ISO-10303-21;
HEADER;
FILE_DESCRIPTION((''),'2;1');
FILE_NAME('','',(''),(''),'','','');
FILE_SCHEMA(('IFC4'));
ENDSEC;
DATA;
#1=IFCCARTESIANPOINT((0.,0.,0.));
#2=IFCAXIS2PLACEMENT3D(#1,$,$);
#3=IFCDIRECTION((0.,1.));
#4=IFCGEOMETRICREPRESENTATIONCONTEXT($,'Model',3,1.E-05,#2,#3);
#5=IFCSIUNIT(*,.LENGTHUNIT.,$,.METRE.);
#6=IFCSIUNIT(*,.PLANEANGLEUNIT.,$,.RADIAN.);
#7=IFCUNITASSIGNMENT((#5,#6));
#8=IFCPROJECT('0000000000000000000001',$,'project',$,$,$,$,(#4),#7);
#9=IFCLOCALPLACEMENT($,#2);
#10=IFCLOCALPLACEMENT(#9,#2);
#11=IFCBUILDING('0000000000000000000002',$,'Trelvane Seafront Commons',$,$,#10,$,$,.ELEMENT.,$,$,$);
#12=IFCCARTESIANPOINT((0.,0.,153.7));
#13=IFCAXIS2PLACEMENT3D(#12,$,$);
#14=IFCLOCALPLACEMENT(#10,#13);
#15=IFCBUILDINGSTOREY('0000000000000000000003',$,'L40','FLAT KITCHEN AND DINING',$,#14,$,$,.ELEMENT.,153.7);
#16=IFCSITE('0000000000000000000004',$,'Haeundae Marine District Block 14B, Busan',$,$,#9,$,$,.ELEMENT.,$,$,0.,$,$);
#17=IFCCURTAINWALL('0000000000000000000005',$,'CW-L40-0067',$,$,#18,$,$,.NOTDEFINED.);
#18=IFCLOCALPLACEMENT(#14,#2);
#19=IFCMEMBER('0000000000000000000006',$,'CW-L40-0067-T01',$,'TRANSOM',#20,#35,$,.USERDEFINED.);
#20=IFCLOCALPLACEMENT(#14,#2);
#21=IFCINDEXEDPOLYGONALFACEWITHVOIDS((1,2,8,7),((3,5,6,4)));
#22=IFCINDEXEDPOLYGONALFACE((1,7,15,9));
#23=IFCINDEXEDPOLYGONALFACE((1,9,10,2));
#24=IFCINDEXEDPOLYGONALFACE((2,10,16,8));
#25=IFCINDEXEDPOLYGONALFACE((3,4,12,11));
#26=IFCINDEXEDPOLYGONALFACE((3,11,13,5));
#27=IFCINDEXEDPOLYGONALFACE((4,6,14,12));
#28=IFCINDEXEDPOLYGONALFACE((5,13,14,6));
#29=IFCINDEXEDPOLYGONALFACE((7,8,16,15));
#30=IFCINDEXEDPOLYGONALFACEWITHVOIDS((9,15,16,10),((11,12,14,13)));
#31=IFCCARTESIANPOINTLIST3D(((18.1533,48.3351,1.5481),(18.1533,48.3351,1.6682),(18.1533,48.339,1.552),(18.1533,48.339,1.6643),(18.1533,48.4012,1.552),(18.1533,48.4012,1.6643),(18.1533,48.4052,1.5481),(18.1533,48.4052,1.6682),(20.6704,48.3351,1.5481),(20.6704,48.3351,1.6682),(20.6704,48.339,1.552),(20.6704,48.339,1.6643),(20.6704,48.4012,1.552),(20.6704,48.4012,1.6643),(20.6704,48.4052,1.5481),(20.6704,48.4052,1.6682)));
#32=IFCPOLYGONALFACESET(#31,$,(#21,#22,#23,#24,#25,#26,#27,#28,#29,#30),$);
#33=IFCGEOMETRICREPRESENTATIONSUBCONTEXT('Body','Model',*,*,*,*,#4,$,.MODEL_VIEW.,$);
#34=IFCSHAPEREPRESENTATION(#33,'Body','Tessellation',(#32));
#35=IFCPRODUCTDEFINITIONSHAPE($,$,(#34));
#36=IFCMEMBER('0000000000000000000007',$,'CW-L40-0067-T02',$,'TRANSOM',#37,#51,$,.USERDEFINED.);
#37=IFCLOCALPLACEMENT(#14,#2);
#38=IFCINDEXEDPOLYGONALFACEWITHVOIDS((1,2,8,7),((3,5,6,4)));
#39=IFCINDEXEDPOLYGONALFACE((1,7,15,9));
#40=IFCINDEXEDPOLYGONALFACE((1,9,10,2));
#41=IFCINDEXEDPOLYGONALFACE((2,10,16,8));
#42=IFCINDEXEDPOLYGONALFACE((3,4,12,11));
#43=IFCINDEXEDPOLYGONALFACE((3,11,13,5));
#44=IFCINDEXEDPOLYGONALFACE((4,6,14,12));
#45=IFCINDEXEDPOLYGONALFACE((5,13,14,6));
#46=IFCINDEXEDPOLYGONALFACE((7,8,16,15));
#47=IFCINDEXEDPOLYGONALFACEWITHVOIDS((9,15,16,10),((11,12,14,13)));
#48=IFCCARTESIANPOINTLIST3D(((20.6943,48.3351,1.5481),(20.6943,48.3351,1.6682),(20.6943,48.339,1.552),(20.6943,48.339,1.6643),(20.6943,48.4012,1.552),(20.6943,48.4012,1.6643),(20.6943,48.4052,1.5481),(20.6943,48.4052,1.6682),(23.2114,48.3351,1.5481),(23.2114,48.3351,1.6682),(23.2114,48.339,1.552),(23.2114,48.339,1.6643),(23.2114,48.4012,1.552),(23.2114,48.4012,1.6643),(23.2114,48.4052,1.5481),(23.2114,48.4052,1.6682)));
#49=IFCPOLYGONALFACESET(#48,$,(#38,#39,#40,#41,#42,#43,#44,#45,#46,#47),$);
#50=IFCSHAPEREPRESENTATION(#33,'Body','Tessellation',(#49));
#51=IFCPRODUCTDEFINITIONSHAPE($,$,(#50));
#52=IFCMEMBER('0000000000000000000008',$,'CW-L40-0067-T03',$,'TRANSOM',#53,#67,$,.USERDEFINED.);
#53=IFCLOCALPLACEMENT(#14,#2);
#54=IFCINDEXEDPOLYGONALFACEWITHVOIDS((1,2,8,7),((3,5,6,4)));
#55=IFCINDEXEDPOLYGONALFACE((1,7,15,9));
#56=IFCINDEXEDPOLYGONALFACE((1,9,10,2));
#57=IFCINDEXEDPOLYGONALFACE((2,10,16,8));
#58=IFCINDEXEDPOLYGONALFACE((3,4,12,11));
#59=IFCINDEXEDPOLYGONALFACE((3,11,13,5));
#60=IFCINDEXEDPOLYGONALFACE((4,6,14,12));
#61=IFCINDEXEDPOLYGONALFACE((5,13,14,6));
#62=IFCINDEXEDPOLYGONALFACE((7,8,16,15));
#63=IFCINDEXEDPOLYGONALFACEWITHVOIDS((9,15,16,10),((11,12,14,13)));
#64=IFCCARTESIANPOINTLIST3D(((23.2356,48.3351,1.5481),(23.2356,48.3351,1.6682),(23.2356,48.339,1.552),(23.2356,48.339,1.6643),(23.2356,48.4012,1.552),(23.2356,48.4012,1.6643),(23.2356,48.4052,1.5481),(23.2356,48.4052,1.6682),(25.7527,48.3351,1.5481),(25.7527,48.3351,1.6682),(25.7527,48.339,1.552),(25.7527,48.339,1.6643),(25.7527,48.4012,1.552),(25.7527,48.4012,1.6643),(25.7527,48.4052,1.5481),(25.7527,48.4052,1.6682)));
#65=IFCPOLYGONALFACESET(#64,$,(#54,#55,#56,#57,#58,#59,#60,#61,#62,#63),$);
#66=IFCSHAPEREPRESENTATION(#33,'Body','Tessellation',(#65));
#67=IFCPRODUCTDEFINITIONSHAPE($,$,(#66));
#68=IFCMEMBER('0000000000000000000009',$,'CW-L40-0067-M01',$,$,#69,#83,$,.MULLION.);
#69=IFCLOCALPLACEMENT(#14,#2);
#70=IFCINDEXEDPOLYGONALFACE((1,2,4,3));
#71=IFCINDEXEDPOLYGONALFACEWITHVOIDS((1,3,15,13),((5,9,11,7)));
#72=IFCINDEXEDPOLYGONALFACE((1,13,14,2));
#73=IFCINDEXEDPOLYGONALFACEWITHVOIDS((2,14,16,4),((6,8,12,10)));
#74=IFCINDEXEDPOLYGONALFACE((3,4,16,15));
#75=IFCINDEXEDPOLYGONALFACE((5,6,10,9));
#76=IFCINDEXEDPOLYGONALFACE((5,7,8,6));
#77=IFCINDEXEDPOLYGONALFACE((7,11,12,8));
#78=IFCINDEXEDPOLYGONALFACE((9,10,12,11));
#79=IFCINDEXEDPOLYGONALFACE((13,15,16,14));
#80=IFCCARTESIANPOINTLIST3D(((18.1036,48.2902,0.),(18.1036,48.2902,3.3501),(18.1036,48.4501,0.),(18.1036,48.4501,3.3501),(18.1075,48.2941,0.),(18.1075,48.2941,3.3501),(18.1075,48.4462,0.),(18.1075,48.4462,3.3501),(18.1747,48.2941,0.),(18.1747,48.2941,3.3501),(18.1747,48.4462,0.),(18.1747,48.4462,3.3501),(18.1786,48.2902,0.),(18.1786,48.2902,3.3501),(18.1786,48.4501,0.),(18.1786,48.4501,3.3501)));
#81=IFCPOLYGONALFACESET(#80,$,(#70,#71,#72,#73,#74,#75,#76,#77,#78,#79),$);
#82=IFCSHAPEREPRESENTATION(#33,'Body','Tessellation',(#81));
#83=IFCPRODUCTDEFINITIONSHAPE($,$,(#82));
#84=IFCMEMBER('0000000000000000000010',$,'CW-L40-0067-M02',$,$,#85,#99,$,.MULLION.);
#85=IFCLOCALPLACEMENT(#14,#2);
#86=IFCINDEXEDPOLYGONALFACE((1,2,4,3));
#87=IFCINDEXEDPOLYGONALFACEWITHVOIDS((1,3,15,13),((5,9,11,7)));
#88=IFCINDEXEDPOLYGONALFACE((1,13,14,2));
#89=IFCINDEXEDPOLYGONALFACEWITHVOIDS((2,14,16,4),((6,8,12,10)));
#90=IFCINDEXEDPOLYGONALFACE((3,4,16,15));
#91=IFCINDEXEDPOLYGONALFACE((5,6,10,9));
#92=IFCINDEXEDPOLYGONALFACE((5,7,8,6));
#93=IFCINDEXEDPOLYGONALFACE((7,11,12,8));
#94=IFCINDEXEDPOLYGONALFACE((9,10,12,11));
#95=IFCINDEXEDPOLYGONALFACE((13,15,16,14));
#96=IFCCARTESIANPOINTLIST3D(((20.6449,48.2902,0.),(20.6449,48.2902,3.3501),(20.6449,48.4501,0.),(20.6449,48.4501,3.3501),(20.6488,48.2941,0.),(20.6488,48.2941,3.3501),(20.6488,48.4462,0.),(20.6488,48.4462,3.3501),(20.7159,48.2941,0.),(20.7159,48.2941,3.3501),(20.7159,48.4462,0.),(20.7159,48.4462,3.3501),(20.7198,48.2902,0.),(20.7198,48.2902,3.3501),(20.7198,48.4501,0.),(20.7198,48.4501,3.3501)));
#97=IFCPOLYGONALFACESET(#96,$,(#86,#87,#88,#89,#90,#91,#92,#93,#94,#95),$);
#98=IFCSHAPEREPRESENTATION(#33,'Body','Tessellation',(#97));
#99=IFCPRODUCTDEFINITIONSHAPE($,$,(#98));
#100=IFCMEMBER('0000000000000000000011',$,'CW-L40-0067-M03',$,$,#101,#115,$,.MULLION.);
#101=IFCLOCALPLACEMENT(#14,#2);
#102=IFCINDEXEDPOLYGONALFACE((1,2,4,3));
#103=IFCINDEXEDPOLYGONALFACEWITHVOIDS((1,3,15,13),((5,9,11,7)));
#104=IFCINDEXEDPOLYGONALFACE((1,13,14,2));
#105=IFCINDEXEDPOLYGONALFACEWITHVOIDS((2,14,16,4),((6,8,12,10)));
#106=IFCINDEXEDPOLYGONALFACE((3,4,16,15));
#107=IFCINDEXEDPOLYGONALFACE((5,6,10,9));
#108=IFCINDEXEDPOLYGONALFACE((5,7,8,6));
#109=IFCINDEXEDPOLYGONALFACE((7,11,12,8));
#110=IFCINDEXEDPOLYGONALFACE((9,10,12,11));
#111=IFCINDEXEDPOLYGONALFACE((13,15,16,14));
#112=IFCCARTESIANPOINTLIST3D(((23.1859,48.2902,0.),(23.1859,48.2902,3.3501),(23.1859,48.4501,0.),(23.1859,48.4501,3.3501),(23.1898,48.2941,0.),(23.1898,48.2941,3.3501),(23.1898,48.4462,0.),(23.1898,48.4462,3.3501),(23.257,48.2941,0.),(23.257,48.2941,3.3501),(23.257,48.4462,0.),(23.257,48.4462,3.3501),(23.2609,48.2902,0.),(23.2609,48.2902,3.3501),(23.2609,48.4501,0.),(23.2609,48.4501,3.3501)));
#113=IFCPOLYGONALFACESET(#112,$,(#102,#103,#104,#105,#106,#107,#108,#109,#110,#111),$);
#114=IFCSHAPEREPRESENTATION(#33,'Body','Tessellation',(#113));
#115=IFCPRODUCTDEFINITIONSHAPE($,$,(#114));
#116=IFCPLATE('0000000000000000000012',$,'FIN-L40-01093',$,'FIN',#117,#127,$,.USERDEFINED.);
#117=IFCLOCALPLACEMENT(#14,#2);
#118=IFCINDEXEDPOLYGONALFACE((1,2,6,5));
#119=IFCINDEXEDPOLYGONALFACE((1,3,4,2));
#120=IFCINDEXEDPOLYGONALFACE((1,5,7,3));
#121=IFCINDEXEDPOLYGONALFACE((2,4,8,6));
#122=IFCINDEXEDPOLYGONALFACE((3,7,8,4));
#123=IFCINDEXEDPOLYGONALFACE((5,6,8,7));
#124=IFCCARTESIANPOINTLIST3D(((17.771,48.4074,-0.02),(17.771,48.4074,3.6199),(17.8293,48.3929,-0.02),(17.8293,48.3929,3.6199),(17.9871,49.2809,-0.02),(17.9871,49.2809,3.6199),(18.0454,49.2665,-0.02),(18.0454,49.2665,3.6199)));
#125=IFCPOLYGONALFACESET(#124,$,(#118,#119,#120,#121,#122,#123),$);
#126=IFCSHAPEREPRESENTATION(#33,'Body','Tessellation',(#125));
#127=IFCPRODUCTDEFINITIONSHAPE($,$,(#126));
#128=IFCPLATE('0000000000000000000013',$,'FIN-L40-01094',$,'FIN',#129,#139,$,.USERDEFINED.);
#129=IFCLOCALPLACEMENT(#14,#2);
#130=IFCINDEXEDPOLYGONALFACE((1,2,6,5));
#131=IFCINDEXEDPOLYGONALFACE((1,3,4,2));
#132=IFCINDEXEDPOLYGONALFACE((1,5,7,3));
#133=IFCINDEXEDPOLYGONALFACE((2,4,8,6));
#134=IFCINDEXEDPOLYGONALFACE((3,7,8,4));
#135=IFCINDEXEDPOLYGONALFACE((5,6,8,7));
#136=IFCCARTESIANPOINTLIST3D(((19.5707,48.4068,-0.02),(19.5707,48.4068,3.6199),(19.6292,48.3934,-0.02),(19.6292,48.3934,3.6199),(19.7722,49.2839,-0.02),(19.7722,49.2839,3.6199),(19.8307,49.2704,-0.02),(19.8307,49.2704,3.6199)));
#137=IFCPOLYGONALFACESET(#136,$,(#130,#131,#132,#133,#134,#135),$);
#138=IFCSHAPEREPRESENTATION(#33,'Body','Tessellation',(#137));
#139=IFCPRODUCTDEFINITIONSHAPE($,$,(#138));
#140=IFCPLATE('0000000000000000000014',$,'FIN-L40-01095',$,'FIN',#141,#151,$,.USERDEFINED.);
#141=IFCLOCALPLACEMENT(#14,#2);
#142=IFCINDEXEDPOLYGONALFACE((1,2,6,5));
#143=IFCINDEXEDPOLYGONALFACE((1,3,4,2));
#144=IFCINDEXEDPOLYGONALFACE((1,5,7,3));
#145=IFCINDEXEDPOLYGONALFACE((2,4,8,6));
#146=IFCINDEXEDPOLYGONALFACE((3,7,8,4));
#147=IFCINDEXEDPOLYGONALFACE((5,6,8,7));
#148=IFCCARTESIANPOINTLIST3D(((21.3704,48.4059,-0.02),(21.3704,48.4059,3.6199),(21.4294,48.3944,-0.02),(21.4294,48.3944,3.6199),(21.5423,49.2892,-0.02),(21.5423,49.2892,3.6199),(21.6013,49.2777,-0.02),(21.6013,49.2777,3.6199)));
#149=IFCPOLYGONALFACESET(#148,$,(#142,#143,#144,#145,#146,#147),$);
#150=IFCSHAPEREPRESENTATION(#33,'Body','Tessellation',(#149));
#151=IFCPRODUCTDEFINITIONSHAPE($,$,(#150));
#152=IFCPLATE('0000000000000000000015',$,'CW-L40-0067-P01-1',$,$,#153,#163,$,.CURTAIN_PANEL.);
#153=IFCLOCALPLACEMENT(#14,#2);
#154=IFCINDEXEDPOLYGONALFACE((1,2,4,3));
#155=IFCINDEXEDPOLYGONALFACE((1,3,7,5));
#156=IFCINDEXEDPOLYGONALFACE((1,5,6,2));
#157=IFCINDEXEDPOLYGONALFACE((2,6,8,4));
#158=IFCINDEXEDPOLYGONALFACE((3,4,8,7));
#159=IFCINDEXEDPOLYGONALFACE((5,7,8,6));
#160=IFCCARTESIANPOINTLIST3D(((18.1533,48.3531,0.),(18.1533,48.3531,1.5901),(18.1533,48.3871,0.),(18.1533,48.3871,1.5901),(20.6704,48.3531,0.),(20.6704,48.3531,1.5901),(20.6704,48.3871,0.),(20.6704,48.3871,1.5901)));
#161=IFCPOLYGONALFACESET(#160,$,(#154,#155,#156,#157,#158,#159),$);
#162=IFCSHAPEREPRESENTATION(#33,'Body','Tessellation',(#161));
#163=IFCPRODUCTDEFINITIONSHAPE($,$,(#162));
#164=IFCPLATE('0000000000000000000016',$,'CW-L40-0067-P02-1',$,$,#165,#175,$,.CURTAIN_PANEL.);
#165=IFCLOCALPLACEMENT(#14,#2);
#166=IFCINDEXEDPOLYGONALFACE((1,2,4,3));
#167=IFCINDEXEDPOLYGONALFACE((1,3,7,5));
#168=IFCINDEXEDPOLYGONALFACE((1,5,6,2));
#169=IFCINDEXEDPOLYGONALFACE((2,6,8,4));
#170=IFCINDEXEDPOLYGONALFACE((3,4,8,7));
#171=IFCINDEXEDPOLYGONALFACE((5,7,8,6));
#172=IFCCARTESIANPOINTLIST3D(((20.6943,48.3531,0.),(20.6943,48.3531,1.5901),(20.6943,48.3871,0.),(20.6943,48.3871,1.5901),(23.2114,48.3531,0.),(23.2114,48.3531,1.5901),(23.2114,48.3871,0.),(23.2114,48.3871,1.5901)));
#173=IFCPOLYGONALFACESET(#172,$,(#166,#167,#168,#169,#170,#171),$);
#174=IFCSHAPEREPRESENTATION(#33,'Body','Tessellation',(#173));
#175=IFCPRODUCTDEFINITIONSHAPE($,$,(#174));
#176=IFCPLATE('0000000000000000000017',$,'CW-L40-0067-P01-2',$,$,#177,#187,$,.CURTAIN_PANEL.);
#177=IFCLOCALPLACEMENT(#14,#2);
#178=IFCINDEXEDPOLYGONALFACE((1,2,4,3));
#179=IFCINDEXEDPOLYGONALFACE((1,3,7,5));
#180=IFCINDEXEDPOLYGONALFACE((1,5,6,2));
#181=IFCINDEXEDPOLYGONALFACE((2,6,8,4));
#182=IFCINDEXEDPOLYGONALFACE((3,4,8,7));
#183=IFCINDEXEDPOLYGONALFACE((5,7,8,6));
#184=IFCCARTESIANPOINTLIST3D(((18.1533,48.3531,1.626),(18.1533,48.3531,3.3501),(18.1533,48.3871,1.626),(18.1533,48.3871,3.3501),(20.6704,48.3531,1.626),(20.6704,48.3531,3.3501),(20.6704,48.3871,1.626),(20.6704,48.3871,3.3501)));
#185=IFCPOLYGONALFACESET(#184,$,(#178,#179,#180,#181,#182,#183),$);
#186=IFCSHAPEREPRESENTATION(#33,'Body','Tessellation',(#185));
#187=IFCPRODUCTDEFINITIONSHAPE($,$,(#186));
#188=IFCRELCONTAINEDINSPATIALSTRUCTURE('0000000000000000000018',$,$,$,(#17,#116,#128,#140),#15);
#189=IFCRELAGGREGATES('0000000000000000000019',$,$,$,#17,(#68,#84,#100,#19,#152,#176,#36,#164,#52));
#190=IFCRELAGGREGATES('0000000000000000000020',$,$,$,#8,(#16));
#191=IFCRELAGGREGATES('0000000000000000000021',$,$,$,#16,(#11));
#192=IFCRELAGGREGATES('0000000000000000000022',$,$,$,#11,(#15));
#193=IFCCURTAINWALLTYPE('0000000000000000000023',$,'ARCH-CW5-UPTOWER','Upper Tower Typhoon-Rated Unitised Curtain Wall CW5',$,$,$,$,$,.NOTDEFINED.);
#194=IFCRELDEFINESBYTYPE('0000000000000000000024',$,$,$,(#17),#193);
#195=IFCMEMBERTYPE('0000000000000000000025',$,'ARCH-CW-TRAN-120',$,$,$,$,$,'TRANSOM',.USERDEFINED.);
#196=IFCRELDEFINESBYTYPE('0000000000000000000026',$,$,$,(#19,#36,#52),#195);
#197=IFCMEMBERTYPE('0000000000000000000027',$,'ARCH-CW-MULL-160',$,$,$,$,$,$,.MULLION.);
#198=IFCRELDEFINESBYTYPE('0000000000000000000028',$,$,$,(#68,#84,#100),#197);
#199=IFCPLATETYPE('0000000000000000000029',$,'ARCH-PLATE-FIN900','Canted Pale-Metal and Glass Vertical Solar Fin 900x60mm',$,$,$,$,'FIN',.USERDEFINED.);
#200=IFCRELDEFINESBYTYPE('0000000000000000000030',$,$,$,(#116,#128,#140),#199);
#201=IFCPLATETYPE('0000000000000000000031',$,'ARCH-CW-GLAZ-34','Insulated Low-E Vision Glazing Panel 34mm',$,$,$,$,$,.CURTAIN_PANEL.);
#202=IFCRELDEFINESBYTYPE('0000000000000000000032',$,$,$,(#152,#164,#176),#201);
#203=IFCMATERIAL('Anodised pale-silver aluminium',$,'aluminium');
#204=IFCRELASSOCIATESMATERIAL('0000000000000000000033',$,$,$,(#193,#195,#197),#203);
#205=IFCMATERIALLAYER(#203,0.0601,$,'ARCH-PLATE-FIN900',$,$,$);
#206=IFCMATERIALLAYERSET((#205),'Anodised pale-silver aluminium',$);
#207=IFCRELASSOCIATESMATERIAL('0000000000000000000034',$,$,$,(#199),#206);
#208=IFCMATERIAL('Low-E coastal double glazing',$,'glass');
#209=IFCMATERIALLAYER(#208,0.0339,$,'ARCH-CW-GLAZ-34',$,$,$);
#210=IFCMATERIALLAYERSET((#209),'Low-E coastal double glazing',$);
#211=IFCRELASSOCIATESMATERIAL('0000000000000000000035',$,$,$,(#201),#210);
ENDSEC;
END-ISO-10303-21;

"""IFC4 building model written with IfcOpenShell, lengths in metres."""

from ifc_helpers import new_model, si_unit, direction, frame, origin, origin_2d, place, context, subcontext, project, spatial, rectangle, hollow_rectangle, extrude, source, transform, mapped, material, layer, layer_set, material_profile, profile_set, type_object, element, aggregate, save


model = new_model("IFC4")

# Units and contexts
model_context = context("Model", 3, precision=1e-05, world=origin(), true_north=direction((0.0, 1.0)))
body_context = subcontext(model_context, "Body", "Model", "MODEL_VIEW")
ifc_project = project(units=[si_unit("LENGTHUNIT", "METRE"), si_unit("PLANEANGLEUNIT", "RADIAN")], contexts=[model_context])

# Site, building, storey
site_placement = place(None, origin())
site = spatial("IfcSite", under=ifc_project, at=site_placement, Name="Haeundae Marine District Block 14B, Busan", CompositionType="ELEMENT", RefElevation=0.0)
building_placement = place(site_placement, origin())
building = spatial("IfcBuilding", under=site, at=building_placement, Name="Trelvane Seafront Commons", CompositionType="ELEMENT")
storey_placement = place(building_placement, frame((0.0, 0.0, 153.7)))
storey = spatial("IfcBuildingStorey", under=building, at=storey_placement, Name="L40", Description="FLAT KITCHEN AND DINING", CompositionType="ELEMENT", Elevation=153.7)

# Curtain wall, members
ifc_material_1 = material(Name="Anodised pale-silver aluminium", Category="aluminium")
curtain_wall_type = type_object("IfcCurtainWallType", Name="ARCH-CW5-UPTOWER", Description="Upper Tower Typhoon-Rated Unitised Curtain Wall CW5", PredefinedType="NOTDEFINED", material=ifc_material_1)
curtain_wall_placement = place(storey_placement, origin())
curtain_wall = element("IfcCurtainWall", 1, at=curtain_wall_placement, inside=storey, type_object=curtain_wall_type, Name="CW-L40-0067", PredefinedType="NOTDEFINED")
ifc_material_profile_1 = material_profile(ifc_material_1, hollow_rectangle(XDim=0.0701, YDim=0.1201, WallThickness=0.0039, at=origin_2d()), Name="TRAN-70x120x4")
ifc_profile_set_1 = profile_set([ifc_material_profile_1], Name="Anodised pale-silver aluminium")
member_type_1 = type_object("IfcMemberType", Name="ARCH-CW-TRAN-120", ElementType="TRANSOM", PredefinedType="USERDEFINED", material=ifc_profile_set_1)
shared_shape_1 = source(origin(), body_context, "Body", "SweptSolid", [
    extrude(hollow_rectangle(XDim=0.0701, YDim=0.1201, WallThickness=0.0039, at=origin_2d()), origin(), (0.0, 0.0, 1.0), 2.5171),
])
member_1_placement = place(storey_placement, frame((18.1533, 48.3701, 1.6082), z_axis=(1.0, 0.0, 0.0), x_axis=(0.0, 1.0, 0.0)))
member_1 = element("IfcMember", 2, at=member_1_placement, type_object=member_type_1, Name="CW-L40-0067-T01", ObjectType="TRANSOM", PredefinedType="USERDEFINED", context=body_context, shape_type="MappedRepresentation", body=[
    mapped(shared_shape_1, transform((0.0, 0.0, 0.0), x_axis=(1.0, 0.0, 0.0), y_axis=(0.0, 1.0, 0.0), z_axis=(0.0, 0.0, 1.0), scale=1.0)),
])
member_2_placement = place(storey_placement, frame((20.6943, 48.3701, 1.6082), z_axis=(1.0, 0.0, 0.0), x_axis=(0.0, 1.0, 0.0)))
member_2 = element("IfcMember", 3, at=member_2_placement, type_object=member_type_1, Name="CW-L40-0067-T02", ObjectType="TRANSOM", PredefinedType="USERDEFINED", context=body_context, shape_type="MappedRepresentation", body=[
    mapped(shared_shape_1, transform((0.0, 0.0, 0.0), x_axis=(1.0, 0.0, 0.0), y_axis=(0.0, 1.0, 0.0), z_axis=(0.0, 0.0, 1.0), scale=1.0)),
])
member_3_placement = place(storey_placement, frame((23.2356, 48.3701, 1.6082), z_axis=(1.0, 0.0, 0.0), x_axis=(0.0, 1.0, 0.0)))
member_3 = element("IfcMember", 4, at=member_3_placement, type_object=member_type_1, Name="CW-L40-0067-T03", ObjectType="TRANSOM", PredefinedType="USERDEFINED", context=body_context, shape_type="MappedRepresentation", body=[
    mapped(shared_shape_1, transform((0.0, 0.0, 0.0), x_axis=(1.0, 0.0, 0.0), y_axis=(0.0, 1.0, 0.0), z_axis=(0.0, 0.0, 1.0), scale=1.0)),
])
ifc_material_profile_2 = material_profile(ifc_material_1, hollow_rectangle(XDim=0.075, YDim=0.1599, WallThickness=0.0039, at=origin_2d()), Name="MULL-75x160x4")
ifc_profile_set_2 = profile_set([ifc_material_profile_2], Name="Anodised pale-silver aluminium")
member_type_2 = type_object("IfcMemberType", Name="ARCH-CW-MULL-160", PredefinedType="MULLION", material=ifc_profile_set_2)
shared_shape_2 = source(origin(), body_context, "Body", "SweptSolid", [
    extrude(hollow_rectangle(XDim=0.075, YDim=0.1599, WallThickness=0.0039, at=origin_2d()), origin(), (0.0, 0.0, 1.0), 3.3501),
])
member_4_placement = place(storey_placement, frame((18.1411, 48.3701, 0.0), z_axis=(0.0, 0.0, 1.0), x_axis=(1.0, 0.0, 0.0)))
member_4 = element("IfcMember", 5, at=member_4_placement, type_object=member_type_2, Name="CW-L40-0067-M01", PredefinedType="MULLION", context=body_context, shape_type="MappedRepresentation", body=[
    mapped(shared_shape_2, transform((0.0, 0.0, 0.0), x_axis=(1.0, 0.0, 0.0), y_axis=(0.0, 1.0, 0.0), z_axis=(0.0, 0.0, 1.0), scale=1.0)),
])
member_5_placement = place(storey_placement, frame((20.6824, 48.3701, 0.0), z_axis=(0.0, 0.0, 1.0), x_axis=(1.0, 0.0, 0.0)))
member_5 = element("IfcMember", 6, at=member_5_placement, type_object=member_type_2, Name="CW-L40-0067-M02", PredefinedType="MULLION", context=body_context, shape_type="MappedRepresentation", body=[
    mapped(shared_shape_2, transform((0.0, 0.0, 0.0), x_axis=(1.0, 0.0, 0.0), y_axis=(0.0, 1.0, 0.0), z_axis=(0.0, 0.0, 1.0), scale=1.0)),
])
member_6_placement = place(storey_placement, frame((23.2234, 48.3701, 0.0), z_axis=(0.0, 0.0, 1.0), x_axis=(1.0, 0.0, 0.0)))
member_6 = element("IfcMember", 7, at=member_6_placement, type_object=member_type_2, Name="CW-L40-0067-M03", PredefinedType="MULLION", context=body_context, shape_type="MappedRepresentation", body=[
    mapped(shared_shape_2, transform((0.0, 0.0, 0.0), x_axis=(1.0, 0.0, 0.0), y_axis=(0.0, 1.0, 0.0), z_axis=(0.0, 0.0, 1.0), scale=1.0)),
])

# Plates
ifc_layer_1 = layer(ifc_material_1, 0.0601, Name="ARCH-PLATE-FIN900")
ifc_layer_set_1 = layer_set([ifc_layer_1], Name="Anodised pale-silver aluminium")
plate_type_1 = type_object("IfcPlateType", Name="ARCH-PLATE-FIN900", Description="Canted Pale-Metal and Glass Vertical Solar Fin 900x60mm", ElementType="FIN", PredefinedType="USERDEFINED", material=ifc_layer_set_1)
shared_shape_3 = source(origin(), body_context, "Body", "SweptSolid", [
    extrude(rectangle(XDim=0.8999, YDim=0.0601, at=origin_2d()), origin(), (0.0, 0.0, 1.0), 3.6399),
])
for number, where, z_axis, x_axis, name in (
    (8, (17.9082, 48.8369, -0.02), (0.0, 0.0, 1.0), (0.240235, 0.970715, 0.0), "FIN-L40-01093"),
    (9, (19.7007, 48.8386, -0.02), (0.0, 0.0, 1.0), (0.223878, 0.974617, 0.0), "FIN-L40-01094"),
    (10, (21.4858, 48.8418, -0.02), (0.0, 0.0, 1.0), (0.191006, 0.981589, 0.0), "FIN-L40-01095"),
):
    element("IfcPlate", number, at=place(storey_placement, frame(where, z_axis=z_axis, x_axis=x_axis)), inside=storey, type_object=plate_type_1, Name=name, ObjectType="FIN", PredefinedType="USERDEFINED", context=body_context, shape_type="MappedRepresentation", body=[
        mapped(shared_shape_3, transform((0.0, 0.0, 0.0), x_axis=(1.0, 0.0, 0.0), y_axis=(0.0, 1.0, 0.0), z_axis=(0.0, 0.0, 1.0), scale=1.0)),
    ])

# Plates
ifc_material_2 = material(Name="Low-E coastal double glazing", Category="glass")
ifc_layer_2 = layer(ifc_material_2, 0.0339, Name="ARCH-CW-GLAZ-34")
ifc_layer_set_2 = layer_set([ifc_layer_2], Name="Low-E coastal double glazing")
plate_type_2 = type_object("IfcPlateType", Name="ARCH-CW-GLAZ-34", Description="Insulated Low-E Vision Glazing Panel 34mm", PredefinedType="CURTAIN_PANEL", material=ifc_layer_set_2)
shared_shape_4 = source(origin(), body_context, "Body", "SweptSolid", [
    extrude(rectangle(XDim=2.5171, YDim=0.0339, at=origin_2d()), origin(), (0.0, 0.0, 1.0), 1.5901),
])
plate_1_placement = place(storey_placement, frame((19.4119, 48.3701, 0.0), z_axis=(0.0, 0.0, 1.0), x_axis=(1.0, 0.0, 0.0)))
plate_1 = element("IfcPlate", 11, at=plate_1_placement, type_object=plate_type_2, Name="CW-L40-0067-P01-1", PredefinedType="CURTAIN_PANEL", context=body_context, shape_type="MappedRepresentation", body=[
    mapped(shared_shape_4, transform((0.0, 0.0, 0.0), x_axis=(1.0, 0.0, 0.0), y_axis=(0.0, 1.0, 0.0), z_axis=(0.0, 0.0, 1.0), scale=1.0)),
])
plate_2_placement = place(storey_placement, frame((21.9529, 48.3701, 0.0), z_axis=(0.0, 0.0, 1.0), x_axis=(1.0, 0.0, 0.0)))
plate_2 = element("IfcPlate", 12, at=plate_2_placement, type_object=plate_type_2, Name="CW-L40-0067-P02-1", PredefinedType="CURTAIN_PANEL", context=body_context, shape_type="MappedRepresentation", body=[
    mapped(shared_shape_4, transform((0.0, 0.0, 0.0), x_axis=(1.0, 0.0, 0.0), y_axis=(0.0, 1.0, 0.0), z_axis=(0.0, 0.0, 1.0), scale=1.0)),
])
shared_shape_5 = source(origin(), body_context, "Body", "SweptSolid", [
    extrude(rectangle(XDim=2.5171, YDim=0.0339, at=origin_2d()), origin(), (0.0, 0.0, 1.0), 1.7241),
])
plate_3_placement = place(storey_placement, frame((19.4119, 48.3701, 1.626), z_axis=(0.0, 0.0, 1.0), x_axis=(1.0, 0.0, 0.0)))
plate_3 = element("IfcPlate", 13, at=plate_3_placement, type_object=plate_type_2, Name="CW-L40-0067-P01-2", PredefinedType="CURTAIN_PANEL", context=body_context, shape_type="MappedRepresentation", body=[
    mapped(shared_shape_5, transform((0.0, 0.0, 0.0), x_axis=(1.0, 0.0, 0.0), y_axis=(0.0, 1.0, 0.0), z_axis=(0.0, 0.0, 1.0), scale=1.0)),
])
aggregate(curtain_wall, [member_4, member_5, member_6, member_1, plate_1, plate_3, member_2, plate_2, member_3])

save(model, "model.ifc")
